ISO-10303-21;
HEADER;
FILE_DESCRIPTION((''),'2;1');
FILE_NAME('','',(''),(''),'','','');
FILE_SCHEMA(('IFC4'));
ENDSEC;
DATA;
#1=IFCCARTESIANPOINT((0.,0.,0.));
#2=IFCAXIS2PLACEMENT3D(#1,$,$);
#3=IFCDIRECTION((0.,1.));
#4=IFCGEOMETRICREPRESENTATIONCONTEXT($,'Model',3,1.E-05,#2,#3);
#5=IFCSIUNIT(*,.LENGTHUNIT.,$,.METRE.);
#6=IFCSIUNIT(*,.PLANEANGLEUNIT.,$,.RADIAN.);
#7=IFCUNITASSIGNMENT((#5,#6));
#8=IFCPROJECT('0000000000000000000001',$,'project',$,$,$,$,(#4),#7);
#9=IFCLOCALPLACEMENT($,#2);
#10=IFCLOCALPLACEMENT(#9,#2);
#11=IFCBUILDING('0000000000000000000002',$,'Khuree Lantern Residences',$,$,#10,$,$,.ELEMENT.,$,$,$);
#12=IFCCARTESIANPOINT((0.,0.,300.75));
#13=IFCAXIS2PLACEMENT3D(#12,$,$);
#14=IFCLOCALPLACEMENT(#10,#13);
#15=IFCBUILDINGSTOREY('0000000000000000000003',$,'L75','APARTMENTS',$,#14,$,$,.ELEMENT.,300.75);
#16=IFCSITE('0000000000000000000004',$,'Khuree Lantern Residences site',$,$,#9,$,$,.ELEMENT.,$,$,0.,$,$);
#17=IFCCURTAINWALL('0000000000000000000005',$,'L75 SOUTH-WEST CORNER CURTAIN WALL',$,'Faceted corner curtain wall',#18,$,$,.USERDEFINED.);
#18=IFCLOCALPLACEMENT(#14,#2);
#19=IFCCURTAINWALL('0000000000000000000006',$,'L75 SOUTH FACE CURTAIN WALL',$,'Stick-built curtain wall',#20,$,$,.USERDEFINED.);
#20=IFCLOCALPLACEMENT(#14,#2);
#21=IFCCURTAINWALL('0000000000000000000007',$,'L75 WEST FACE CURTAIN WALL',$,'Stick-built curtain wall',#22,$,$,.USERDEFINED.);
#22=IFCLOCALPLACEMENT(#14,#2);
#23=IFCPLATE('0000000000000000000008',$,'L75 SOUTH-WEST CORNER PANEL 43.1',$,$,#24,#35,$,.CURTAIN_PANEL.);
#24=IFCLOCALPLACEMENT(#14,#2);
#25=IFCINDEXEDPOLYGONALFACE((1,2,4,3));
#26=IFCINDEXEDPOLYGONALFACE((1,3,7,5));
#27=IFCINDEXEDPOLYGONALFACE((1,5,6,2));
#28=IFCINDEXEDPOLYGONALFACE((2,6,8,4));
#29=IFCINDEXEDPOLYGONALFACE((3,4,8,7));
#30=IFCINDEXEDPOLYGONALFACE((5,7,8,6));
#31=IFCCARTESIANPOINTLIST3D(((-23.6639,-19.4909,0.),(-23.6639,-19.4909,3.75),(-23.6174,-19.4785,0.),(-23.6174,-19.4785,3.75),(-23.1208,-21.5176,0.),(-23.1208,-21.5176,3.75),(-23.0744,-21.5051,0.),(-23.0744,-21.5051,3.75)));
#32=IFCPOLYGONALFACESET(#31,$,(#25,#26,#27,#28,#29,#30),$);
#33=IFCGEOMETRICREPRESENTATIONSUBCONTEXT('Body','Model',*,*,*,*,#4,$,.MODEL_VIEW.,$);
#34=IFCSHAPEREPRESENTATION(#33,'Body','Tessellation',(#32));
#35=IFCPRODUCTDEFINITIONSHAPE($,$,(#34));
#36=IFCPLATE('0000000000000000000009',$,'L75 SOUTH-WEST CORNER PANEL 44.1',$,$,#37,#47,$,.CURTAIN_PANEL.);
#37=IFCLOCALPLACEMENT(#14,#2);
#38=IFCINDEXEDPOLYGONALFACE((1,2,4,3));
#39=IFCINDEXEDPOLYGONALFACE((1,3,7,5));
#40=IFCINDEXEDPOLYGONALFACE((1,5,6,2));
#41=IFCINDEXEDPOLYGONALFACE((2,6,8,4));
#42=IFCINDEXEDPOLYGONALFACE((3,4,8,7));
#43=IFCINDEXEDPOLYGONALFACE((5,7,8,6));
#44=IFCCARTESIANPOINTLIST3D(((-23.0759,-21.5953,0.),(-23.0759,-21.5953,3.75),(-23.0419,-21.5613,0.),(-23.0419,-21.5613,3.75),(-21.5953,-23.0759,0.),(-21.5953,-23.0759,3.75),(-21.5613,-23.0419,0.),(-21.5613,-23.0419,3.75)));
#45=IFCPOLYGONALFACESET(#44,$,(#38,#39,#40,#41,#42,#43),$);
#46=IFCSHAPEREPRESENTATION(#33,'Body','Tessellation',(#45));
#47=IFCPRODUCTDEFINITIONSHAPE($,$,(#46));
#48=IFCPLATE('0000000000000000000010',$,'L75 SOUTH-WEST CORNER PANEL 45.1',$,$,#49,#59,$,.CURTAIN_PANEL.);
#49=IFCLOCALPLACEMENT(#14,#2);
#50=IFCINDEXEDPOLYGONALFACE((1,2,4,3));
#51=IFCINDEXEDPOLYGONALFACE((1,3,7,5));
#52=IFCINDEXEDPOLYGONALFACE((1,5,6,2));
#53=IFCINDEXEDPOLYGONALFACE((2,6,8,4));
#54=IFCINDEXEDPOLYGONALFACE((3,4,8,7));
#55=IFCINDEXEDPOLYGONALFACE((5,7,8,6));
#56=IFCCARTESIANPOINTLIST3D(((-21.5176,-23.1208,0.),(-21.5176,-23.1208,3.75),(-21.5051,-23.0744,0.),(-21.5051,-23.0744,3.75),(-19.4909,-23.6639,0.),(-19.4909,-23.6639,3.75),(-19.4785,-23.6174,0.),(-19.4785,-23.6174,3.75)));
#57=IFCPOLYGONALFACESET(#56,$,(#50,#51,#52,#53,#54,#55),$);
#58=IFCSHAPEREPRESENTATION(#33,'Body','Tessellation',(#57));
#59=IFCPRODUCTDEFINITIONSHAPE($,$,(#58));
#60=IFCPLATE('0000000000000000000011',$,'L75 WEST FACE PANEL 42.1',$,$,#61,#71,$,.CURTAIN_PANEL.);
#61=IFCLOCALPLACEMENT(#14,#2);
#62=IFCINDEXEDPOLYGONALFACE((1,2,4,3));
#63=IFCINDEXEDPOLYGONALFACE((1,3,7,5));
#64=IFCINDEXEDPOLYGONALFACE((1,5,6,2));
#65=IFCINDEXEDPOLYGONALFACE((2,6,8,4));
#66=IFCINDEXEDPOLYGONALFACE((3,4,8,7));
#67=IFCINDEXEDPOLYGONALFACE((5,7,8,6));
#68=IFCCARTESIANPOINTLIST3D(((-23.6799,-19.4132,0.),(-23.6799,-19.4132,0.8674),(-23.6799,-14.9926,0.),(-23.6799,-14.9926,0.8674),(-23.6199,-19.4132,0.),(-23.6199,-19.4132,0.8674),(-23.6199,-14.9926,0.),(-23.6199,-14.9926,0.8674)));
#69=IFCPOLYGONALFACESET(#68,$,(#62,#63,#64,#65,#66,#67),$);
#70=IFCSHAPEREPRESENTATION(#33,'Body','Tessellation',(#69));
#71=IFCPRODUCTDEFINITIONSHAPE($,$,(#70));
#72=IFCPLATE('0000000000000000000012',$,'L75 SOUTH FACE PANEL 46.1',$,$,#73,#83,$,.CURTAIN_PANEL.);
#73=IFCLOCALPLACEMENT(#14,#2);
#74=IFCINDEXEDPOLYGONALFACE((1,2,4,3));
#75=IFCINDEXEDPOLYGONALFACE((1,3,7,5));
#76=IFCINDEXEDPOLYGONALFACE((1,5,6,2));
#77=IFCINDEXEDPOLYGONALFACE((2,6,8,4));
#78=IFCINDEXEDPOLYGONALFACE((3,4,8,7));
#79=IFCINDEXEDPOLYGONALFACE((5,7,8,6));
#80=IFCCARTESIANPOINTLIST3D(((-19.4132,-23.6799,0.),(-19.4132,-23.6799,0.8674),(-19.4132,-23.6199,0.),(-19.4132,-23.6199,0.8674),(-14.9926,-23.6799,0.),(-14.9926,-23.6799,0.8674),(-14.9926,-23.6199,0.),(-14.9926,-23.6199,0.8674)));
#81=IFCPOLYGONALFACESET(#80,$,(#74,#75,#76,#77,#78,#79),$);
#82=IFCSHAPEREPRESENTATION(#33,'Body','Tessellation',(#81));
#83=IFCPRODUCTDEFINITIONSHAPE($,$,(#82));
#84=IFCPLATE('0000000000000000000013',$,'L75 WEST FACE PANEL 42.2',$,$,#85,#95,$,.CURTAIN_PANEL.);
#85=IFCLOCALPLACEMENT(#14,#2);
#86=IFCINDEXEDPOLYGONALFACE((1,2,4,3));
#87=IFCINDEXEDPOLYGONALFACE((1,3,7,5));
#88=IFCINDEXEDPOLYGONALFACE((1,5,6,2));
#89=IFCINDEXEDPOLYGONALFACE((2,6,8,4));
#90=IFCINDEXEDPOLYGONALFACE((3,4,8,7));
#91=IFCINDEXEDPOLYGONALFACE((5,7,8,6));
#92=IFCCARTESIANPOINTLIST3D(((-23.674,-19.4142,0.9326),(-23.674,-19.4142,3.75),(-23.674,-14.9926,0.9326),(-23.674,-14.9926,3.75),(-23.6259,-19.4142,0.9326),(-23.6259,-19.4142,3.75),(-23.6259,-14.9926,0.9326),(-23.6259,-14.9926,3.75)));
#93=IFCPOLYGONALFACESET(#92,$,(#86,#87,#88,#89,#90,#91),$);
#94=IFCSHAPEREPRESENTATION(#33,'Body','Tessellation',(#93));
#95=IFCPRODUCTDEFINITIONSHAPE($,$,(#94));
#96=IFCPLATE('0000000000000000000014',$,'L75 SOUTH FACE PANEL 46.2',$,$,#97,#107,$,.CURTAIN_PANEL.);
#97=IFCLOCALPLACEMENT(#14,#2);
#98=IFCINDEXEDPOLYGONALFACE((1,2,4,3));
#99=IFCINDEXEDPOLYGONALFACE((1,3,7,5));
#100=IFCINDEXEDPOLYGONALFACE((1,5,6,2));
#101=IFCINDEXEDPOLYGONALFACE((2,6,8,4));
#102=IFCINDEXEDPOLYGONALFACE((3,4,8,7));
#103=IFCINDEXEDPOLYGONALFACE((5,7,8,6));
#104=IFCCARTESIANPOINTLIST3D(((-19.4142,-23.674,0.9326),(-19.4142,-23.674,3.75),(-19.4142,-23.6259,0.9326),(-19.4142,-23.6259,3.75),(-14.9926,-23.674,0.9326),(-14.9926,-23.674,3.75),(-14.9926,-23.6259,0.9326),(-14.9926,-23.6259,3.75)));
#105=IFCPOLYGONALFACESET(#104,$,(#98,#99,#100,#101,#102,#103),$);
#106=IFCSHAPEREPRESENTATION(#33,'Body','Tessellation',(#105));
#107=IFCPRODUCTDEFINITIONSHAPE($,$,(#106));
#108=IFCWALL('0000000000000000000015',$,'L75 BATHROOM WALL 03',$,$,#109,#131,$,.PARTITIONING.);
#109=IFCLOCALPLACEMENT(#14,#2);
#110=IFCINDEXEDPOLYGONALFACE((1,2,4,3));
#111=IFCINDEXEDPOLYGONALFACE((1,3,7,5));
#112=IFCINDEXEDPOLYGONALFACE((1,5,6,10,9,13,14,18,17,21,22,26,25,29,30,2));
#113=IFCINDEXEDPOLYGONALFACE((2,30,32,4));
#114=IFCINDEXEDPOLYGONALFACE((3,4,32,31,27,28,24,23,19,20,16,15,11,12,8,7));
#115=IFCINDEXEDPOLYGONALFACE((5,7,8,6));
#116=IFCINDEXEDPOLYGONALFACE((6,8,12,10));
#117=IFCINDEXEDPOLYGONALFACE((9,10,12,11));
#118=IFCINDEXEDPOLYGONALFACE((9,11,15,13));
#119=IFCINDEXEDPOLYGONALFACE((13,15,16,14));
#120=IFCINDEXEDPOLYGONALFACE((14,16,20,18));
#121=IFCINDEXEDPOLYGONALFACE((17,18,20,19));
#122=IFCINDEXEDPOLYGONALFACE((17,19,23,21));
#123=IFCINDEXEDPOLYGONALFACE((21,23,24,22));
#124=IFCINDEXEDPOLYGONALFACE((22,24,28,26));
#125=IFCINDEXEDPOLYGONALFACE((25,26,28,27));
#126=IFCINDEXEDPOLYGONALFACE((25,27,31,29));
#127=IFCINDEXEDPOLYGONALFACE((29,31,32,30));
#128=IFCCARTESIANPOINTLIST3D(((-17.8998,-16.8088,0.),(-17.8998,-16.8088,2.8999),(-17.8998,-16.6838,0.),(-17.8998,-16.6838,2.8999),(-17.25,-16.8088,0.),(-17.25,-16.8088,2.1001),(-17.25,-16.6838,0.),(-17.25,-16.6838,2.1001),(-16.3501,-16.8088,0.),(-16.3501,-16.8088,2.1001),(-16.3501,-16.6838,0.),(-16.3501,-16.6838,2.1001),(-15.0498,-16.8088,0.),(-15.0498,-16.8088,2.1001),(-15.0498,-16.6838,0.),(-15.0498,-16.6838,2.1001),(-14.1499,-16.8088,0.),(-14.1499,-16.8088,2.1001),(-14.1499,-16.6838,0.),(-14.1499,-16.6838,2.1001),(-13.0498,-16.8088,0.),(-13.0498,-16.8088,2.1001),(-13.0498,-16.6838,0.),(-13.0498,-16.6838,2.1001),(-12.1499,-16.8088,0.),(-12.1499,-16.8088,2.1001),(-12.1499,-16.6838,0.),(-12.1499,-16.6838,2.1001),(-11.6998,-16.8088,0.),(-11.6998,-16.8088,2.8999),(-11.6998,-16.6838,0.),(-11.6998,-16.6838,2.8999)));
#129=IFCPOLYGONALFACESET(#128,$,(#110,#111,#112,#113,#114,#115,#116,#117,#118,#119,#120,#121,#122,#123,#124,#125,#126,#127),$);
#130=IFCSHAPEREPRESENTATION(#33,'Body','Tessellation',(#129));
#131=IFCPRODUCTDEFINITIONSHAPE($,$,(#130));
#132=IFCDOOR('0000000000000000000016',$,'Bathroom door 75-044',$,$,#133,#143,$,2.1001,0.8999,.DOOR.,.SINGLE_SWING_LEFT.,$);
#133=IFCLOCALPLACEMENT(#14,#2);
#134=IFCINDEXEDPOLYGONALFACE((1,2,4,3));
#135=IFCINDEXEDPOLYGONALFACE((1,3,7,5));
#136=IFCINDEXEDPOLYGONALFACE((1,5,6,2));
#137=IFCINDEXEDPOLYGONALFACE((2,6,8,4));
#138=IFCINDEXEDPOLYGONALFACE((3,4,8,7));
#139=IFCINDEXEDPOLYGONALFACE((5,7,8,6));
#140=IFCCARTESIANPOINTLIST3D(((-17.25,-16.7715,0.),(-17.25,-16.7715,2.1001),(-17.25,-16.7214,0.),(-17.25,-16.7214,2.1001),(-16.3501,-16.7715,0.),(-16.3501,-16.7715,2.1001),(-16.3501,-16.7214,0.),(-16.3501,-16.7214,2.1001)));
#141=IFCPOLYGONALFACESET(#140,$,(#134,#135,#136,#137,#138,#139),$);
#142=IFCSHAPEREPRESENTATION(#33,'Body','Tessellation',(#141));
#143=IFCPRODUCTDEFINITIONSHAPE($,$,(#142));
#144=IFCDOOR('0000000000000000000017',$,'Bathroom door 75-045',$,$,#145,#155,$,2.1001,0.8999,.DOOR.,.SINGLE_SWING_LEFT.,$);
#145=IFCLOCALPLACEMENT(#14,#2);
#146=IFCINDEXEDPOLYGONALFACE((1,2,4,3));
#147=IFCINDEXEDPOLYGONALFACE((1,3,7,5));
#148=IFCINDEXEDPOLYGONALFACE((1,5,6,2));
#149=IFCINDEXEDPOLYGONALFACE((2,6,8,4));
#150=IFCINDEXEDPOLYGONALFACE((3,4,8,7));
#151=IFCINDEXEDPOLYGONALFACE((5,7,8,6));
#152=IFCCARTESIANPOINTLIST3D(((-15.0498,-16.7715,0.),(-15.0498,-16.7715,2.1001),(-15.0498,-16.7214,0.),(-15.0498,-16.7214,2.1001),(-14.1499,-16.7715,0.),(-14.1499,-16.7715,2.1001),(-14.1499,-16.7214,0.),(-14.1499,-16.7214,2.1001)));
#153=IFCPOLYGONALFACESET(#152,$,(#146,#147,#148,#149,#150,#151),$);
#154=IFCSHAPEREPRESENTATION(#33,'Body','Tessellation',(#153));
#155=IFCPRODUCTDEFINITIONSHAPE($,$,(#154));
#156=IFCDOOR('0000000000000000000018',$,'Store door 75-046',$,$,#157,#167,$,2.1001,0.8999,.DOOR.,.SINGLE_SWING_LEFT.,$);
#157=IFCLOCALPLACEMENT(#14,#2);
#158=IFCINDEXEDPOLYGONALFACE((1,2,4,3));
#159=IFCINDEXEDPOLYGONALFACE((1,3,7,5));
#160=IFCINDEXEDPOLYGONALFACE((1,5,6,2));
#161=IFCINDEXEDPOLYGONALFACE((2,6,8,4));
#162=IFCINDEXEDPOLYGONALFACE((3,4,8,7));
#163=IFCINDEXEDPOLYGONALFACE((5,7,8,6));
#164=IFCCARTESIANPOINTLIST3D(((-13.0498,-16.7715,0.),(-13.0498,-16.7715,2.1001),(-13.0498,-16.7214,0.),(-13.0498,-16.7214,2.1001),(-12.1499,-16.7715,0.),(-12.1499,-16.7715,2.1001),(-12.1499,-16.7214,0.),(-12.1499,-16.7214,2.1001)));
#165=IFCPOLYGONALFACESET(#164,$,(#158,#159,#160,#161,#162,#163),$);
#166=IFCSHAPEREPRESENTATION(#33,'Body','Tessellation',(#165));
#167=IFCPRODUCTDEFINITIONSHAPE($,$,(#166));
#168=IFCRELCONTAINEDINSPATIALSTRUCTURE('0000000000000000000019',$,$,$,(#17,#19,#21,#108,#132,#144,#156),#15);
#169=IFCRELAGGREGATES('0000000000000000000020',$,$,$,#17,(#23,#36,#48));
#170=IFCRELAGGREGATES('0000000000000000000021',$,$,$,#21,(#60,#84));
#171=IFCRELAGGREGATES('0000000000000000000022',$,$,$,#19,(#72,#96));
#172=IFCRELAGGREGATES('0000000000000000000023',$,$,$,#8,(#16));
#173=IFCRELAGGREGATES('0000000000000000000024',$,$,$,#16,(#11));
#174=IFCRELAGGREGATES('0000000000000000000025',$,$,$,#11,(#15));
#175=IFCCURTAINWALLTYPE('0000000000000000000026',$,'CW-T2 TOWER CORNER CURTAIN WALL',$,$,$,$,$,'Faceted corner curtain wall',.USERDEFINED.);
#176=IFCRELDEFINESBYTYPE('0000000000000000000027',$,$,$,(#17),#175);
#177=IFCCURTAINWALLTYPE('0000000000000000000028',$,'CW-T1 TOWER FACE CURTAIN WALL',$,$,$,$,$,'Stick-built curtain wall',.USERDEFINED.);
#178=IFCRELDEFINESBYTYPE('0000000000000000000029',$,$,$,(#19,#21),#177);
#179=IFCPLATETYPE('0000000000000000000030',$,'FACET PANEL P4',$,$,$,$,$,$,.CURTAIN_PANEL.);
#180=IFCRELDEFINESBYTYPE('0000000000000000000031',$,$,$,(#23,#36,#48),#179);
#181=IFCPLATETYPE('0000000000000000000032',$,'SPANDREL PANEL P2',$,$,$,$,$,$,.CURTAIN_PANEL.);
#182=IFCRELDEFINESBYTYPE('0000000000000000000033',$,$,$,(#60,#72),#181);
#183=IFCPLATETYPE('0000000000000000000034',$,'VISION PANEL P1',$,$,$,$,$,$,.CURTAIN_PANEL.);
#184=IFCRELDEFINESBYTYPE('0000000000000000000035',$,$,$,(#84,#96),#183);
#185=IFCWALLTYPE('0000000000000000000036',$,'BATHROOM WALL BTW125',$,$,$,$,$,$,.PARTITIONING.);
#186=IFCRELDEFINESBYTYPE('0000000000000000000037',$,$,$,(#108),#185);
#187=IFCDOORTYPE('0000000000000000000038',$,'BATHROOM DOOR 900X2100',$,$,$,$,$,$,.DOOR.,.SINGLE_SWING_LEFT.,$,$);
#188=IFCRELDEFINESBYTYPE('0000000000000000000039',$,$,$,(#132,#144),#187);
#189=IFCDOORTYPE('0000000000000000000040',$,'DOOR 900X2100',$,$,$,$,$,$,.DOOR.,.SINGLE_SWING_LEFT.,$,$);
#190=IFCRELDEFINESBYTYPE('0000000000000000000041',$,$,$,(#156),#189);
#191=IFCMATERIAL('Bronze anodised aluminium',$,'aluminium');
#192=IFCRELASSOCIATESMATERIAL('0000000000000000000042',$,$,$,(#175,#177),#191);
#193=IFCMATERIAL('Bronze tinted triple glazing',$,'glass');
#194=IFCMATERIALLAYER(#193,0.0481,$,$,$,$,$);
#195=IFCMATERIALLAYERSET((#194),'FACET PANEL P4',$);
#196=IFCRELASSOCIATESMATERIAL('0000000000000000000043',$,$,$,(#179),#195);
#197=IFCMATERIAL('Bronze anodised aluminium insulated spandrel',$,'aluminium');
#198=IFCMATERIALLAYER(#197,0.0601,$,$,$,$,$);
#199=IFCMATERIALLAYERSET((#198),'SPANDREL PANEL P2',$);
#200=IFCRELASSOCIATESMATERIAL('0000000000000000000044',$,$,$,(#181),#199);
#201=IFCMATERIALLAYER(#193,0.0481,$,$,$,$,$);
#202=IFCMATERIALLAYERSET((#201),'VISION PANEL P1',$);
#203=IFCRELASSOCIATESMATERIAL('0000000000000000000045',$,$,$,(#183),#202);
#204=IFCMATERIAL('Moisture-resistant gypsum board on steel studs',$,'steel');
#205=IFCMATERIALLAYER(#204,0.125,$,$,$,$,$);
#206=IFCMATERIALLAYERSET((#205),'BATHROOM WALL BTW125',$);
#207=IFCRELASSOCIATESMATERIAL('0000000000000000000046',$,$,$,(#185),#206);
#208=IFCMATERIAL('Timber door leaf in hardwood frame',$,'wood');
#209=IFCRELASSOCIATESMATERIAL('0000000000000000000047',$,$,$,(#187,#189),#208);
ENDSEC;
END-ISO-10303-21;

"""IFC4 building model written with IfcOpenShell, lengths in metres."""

from ifc_helpers import new_model, si_unit, direction, frame, frame_2d, origin, origin_2d, place, context, subcontext, project, spatial, rectangle, extrude, material, layer, layer_set, type_object, element, fill, aggregate, save


model = new_model("IFC4")

# Units and contexts
model_context = context("Model", 3, precision=1e-05, world=origin(), true_north=direction((0.0, 1.0)))
body_context = subcontext(model_context, "Body", "Model", "MODEL_VIEW")
ifc_project = project(units=[si_unit("LENGTHUNIT", "METRE"), si_unit("PLANEANGLEUNIT", "RADIAN")], contexts=[model_context])

# Site, building, storey
site_placement = place(None, origin())
site = spatial("IfcSite", under=ifc_project, at=site_placement, Name="Khuree Lantern Residences site", CompositionType="ELEMENT", RefElevation=0.0)
building_placement = place(site_placement, origin())
building = spatial("IfcBuilding", under=site, at=building_placement, Name="Khuree Lantern Residences", CompositionType="ELEMENT")
storey_placement = place(building_placement, frame((0.0, 0.0, 300.75)))
storey = spatial("IfcBuildingStorey", under=building, at=storey_placement, Name="L75", Description="APARTMENTS", CompositionType="ELEMENT", Elevation=300.75)

# Curtain walls
ifc_material_1 = material(Name="Bronze anodised aluminium", Category="aluminium")
curtain_wall_type_1 = type_object("IfcCurtainWallType", Name="CW-T2 TOWER CORNER CURTAIN WALL", ElementType="Faceted corner curtain wall", PredefinedType="USERDEFINED", material=ifc_material_1)
curtain_wall_1_placement = place(storey_placement, origin())
curtain_wall_1 = element("IfcCurtainWall", 1, at=curtain_wall_1_placement, inside=storey, type_object=curtain_wall_type_1, Name="L75 SOUTH-WEST CORNER CURTAIN WALL", ObjectType="Faceted corner curtain wall", PredefinedType="USERDEFINED")
curtain_wall_type_2 = type_object("IfcCurtainWallType", Name="CW-T1 TOWER FACE CURTAIN WALL", ElementType="Stick-built curtain wall", PredefinedType="USERDEFINED", material=ifc_material_1)
curtain_wall_2_placement = place(storey_placement, origin())
curtain_wall_2 = element("IfcCurtainWall", 2, at=curtain_wall_2_placement, inside=storey, type_object=curtain_wall_type_2, Name="L75 SOUTH FACE CURTAIN WALL", ObjectType="Stick-built curtain wall", PredefinedType="USERDEFINED")

# Curtain wall
curtain_wall_3_placement = place(storey_placement, origin())
curtain_wall_3 = element("IfcCurtainWall", 3, at=curtain_wall_3_placement, inside=storey, type_object=curtain_wall_type_2, Name="L75 WEST FACE CURTAIN WALL", ObjectType="Stick-built curtain wall", PredefinedType="USERDEFINED")

# Plates
ifc_material_2 = material(Name="Bronze tinted triple glazing", Category="glass")
ifc_layer_1 = layer(ifc_material_2, 0.0481)
ifc_layer_set_1 = layer_set([ifc_layer_1], Name="FACET PANEL P4")
plate_type_1 = type_object("IfcPlateType", Name="FACET PANEL P4", PredefinedType="CURTAIN_PANEL", material=ifc_layer_set_1)
plate_1_placement = place(storey_placement, frame((-23.3691, -20.498, 0.0), z_axis=(0.0, 0.0, 1.0), x_axis=(0.258819, -0.965926, 0.0)))
plate_1 = element("IfcPlate", 4, at=plate_1_placement, type_object=plate_type_1, Name="L75 SOUTH-WEST CORNER PANEL 43.1", PredefinedType="CURTAIN_PANEL", context=body_context, shape_type="SweptSolid", body=[
    extrude(rectangle(XDim=2.0981, YDim=0.0481, at=origin_2d()), origin(), (0.0, 0.0, 1.0), 3.75),
])
plate_2_placement = place(storey_placement, frame((-22.3186, -22.3186, 0.0), z_axis=(0.0, 0.0, 1.0), x_axis=(0.707107, -0.707107, 0.0)))
plate_2 = element("IfcPlate", 5, at=plate_2_placement, type_object=plate_type_1, Name="L75 SOUTH-WEST CORNER PANEL 44.1", PredefinedType="CURTAIN_PANEL", context=body_context, shape_type="SweptSolid", body=[
    extrude(rectangle(XDim=2.094, YDim=0.0481, at=origin_2d()), origin(), (0.0, 0.0, 1.0), 3.75),
])
plate_3_placement = place(storey_placement, frame((-20.498, -23.3691, 0.0), z_axis=(0.0, 0.0, 1.0), x_axis=(0.965926, -0.258819, 0.0)))
plate_3 = element("IfcPlate", 6, at=plate_3_placement, type_object=plate_type_1, Name="L75 SOUTH-WEST CORNER PANEL 45.1", PredefinedType="CURTAIN_PANEL", context=body_context, shape_type="SweptSolid", body=[
    extrude(rectangle(XDim=2.0981, YDim=0.0481, at=origin_2d()), origin(), (0.0, 0.0, 1.0), 3.75),
])
aggregate(curtain_wall_1, [plate_1, plate_2, plate_3])
ifc_material_3 = material(Name="Bronze anodised aluminium insulated spandrel", Category="aluminium")
ifc_layer_2 = layer(ifc_material_3, 0.0601)
ifc_layer_set_2 = layer_set([ifc_layer_2], Name="SPANDREL PANEL P2")
plate_type_2 = type_object("IfcPlateType", Name="SPANDREL PANEL P2", PredefinedType="CURTAIN_PANEL", material=ifc_layer_set_2)
plate_4_placement = place(storey_placement, frame((-23.6499, -17.2029, 0.0), z_axis=(0.0, 0.0, 1.0), x_axis=(0.0, -1.0, 0.0)))
plate_4 = element("IfcPlate", 7, at=plate_4_placement, type_object=plate_type_2, Name="L75 WEST FACE PANEL 42.1", PredefinedType="CURTAIN_PANEL", context=body_context, shape_type="SweptSolid", body=[
    extrude(rectangle(XDim=4.4207, YDim=0.0601, at=origin_2d()), origin(), (0.0, 0.0, 1.0), 0.8674),
])
plate_5_placement = place(storey_placement, frame((-17.2029, -23.6499, 0.0), z_axis=(0.0, 0.0, 1.0), x_axis=(1.0, 0.0, 0.0)))
plate_5 = element("IfcPlate", 8, at=plate_5_placement, type_object=plate_type_2, Name="L75 SOUTH FACE PANEL 46.1", PredefinedType="CURTAIN_PANEL", context=body_context, shape_type="SweptSolid", body=[
    extrude(rectangle(XDim=4.4207, YDim=0.0601, at=origin_2d()), origin(), (0.0, 0.0, 1.0), 0.8674),
])
ifc_layer_3 = layer(ifc_material_2, 0.0481)
ifc_layer_set_3 = layer_set([ifc_layer_3], Name="VISION PANEL P1")
plate_type_3 = type_object("IfcPlateType", Name="VISION PANEL P1", PredefinedType="CURTAIN_PANEL", material=ifc_layer_set_3)
plate_6_placement = place(storey_placement, frame((-23.6499, -17.2034, 0.9326), z_axis=(0.0, 0.0, 1.0), x_axis=(0.0, -1.0, 0.0)))
plate_6 = element("IfcPlate", 9, at=plate_6_placement, type_object=plate_type_3, Name="L75 WEST FACE PANEL 42.2", PredefinedType="CURTAIN_PANEL", context=body_context, shape_type="SweptSolid", body=[
    extrude(rectangle(XDim=4.4216, YDim=0.0481, at=origin_2d()), origin(), (0.0, 0.0, 1.0), 2.8174),
])
aggregate(curtain_wall_3, [plate_4, plate_6])
plate_7_placement = place(storey_placement, frame((-17.2034, -23.6499, 0.9326), z_axis=(0.0, 0.0, 1.0), x_axis=(1.0, 0.0, 0.0)))
plate_7 = element("IfcPlate", 10, at=plate_7_placement, type_object=plate_type_3, Name="L75 SOUTH FACE PANEL 46.2", PredefinedType="CURTAIN_PANEL", context=body_context, shape_type="SweptSolid", body=[
    extrude(rectangle(XDim=4.4216, YDim=0.0481, at=origin_2d()), origin(), (0.0, 0.0, 1.0), 2.8174),
])
aggregate(curtain_wall_2, [plate_5, plate_7])

# Wall, openings, doors
ifc_material_4 = material(Name="Moisture-resistant gypsum board on steel studs", Category="steel")
ifc_layer_4 = layer(ifc_material_4, 0.125)
ifc_layer_set_4 = layer_set([ifc_layer_4], Name="BATHROOM WALL BTW125")
wall_type = type_object("IfcWallType", Name="BATHROOM WALL BTW125", PredefinedType="PARTITIONING", material=ifc_layer_set_4)
wall_placement = place(storey_placement, frame((-17.8999, -16.7463, 0.0), z_axis=(0.0, 0.0, 1.0), x_axis=(1.0, 0.0, 0.0)))
wall = element("IfcWall", 11, at=wall_placement, inside=storey, type_object=wall_type, Name="L75 BATHROOM WALL 03", PredefinedType="PARTITIONING", context=body_context, shape_type="SweptSolid", body=[
    extrude(rectangle(XDim=6.2, YDim=0.125, at=frame_2d((3.1001, 0.0))), origin(), (0.0, 0.0, 1.0), 2.8999),
])
opening_1_placement = place(wall_placement, frame((0.6499, 0.0, 0.0)))
opening_1 = element("IfcOpeningElement", 12, at=opening_1_placement, cuts=wall, PredefinedType="OPENING", context=body_context, shape_type="SweptSolid", body=[
    extrude(rectangle(XDim=0.8999, YDim=2.1001, at=frame_2d((0.45, 1.05))), frame((0.0, 0.0725, 0.0), z_axis=(0.0, -1.0, 0.0), x_axis=(1.0, 0.0, 0.0)), (0.0, 0.0, 1.0), 0.145),
])
opening_2_placement = place(wall_placement, frame((2.8501, 0.0, 0.0)))
opening_2 = element("IfcOpeningElement", 13, at=opening_2_placement, cuts=wall, PredefinedType="OPENING", context=body_context, shape_type="SweptSolid", body=[
    extrude(rectangle(XDim=0.8999, YDim=2.1001, at=frame_2d((0.45, 1.05))), frame((0.0, 0.0725, 0.0), z_axis=(0.0, -1.0, 0.0), x_axis=(1.0, 0.0, 0.0)), (0.0, 0.0, 1.0), 0.145),
])
opening_3_placement = place(wall_placement, frame((4.8501, 0.0, 0.0)))
opening_3 = element("IfcOpeningElement", 14, at=opening_3_placement, cuts=wall, PredefinedType="OPENING", context=body_context, shape_type="SweptSolid", body=[
    extrude(rectangle(XDim=0.8999, YDim=2.1001, at=frame_2d((0.45, 1.05))), frame((0.0, 0.0725, 0.0), z_axis=(0.0, -1.0, 0.0), x_axis=(1.0, 0.0, 0.0)), (0.0, 0.0, 1.0), 0.145),
])
ifc_material_5 = material(Name="Timber door leaf in hardwood frame", Category="wood")
door_type_1 = type_object("IfcDoorType", Name="BATHROOM DOOR 900X2100", OperationType="SINGLE_SWING_LEFT", PredefinedType="DOOR", material=ifc_material_5)
door_1_placement = place(opening_1_placement, origin())
door_1 = element("IfcDoor", 15, at=door_1_placement, inside=storey, type_object=door_type_1, Name="Bathroom door 75-044", OperationType="SINGLE_SWING_LEFT", OverallHeight=2.1001, OverallWidth=0.8999, PredefinedType="DOOR", context=body_context, shape_type="SweptSolid", body=[
    extrude(rectangle(XDim=0.8999, YDim=2.1001, at=frame_2d((0.45, 1.05))), frame((0.0, 0.0249, 0.0), z_axis=(0.0, -1.0, 0.0), x_axis=(1.0, 0.0, 0.0)), (0.0, 0.0, 1.0), 0.05),
])
fill(opening_1, door_1)
door_2_placement = place(opening_2_placement, origin())
door_2 = element("IfcDoor", 16, at=door_2_placement, inside=storey, type_object=door_type_1, Name="Bathroom door 75-045", OperationType="SINGLE_SWING_LEFT", OverallHeight=2.1001, OverallWidth=0.8999, PredefinedType="DOOR", context=body_context, shape_type="SweptSolid", body=[
    extrude(rectangle(XDim=0.8999, YDim=2.1001, at=frame_2d((0.45, 1.05))), frame((0.0, 0.0249, 0.0), z_axis=(0.0, -1.0, 0.0), x_axis=(1.0, 0.0, 0.0)), (0.0, 0.0, 1.0), 0.05),
])
fill(opening_2, door_2)
door_type_2 = type_object("IfcDoorType", Name="DOOR 900X2100", OperationType="SINGLE_SWING_LEFT", PredefinedType="DOOR", material=ifc_material_5)
door_3_placement = place(opening_3_placement, origin())
door_3 = element("IfcDoor", 17, at=door_3_placement, inside=storey, type_object=door_type_2, Name="Store door 75-046", OperationType="SINGLE_SWING_LEFT", OverallHeight=2.1001, OverallWidth=0.8999, PredefinedType="DOOR", context=body_context, shape_type="SweptSolid", body=[
    extrude(rectangle(XDim=0.8999, YDim=2.1001, at=frame_2d((0.45, 1.05))), frame((0.0, 0.0249, 0.0), z_axis=(0.0, -1.0, 0.0), x_axis=(1.0, 0.0, 0.0)), (0.0, 0.0, 1.0), 0.05),
])
fill(opening_3, door_3)

save(model, "model.ifc")
